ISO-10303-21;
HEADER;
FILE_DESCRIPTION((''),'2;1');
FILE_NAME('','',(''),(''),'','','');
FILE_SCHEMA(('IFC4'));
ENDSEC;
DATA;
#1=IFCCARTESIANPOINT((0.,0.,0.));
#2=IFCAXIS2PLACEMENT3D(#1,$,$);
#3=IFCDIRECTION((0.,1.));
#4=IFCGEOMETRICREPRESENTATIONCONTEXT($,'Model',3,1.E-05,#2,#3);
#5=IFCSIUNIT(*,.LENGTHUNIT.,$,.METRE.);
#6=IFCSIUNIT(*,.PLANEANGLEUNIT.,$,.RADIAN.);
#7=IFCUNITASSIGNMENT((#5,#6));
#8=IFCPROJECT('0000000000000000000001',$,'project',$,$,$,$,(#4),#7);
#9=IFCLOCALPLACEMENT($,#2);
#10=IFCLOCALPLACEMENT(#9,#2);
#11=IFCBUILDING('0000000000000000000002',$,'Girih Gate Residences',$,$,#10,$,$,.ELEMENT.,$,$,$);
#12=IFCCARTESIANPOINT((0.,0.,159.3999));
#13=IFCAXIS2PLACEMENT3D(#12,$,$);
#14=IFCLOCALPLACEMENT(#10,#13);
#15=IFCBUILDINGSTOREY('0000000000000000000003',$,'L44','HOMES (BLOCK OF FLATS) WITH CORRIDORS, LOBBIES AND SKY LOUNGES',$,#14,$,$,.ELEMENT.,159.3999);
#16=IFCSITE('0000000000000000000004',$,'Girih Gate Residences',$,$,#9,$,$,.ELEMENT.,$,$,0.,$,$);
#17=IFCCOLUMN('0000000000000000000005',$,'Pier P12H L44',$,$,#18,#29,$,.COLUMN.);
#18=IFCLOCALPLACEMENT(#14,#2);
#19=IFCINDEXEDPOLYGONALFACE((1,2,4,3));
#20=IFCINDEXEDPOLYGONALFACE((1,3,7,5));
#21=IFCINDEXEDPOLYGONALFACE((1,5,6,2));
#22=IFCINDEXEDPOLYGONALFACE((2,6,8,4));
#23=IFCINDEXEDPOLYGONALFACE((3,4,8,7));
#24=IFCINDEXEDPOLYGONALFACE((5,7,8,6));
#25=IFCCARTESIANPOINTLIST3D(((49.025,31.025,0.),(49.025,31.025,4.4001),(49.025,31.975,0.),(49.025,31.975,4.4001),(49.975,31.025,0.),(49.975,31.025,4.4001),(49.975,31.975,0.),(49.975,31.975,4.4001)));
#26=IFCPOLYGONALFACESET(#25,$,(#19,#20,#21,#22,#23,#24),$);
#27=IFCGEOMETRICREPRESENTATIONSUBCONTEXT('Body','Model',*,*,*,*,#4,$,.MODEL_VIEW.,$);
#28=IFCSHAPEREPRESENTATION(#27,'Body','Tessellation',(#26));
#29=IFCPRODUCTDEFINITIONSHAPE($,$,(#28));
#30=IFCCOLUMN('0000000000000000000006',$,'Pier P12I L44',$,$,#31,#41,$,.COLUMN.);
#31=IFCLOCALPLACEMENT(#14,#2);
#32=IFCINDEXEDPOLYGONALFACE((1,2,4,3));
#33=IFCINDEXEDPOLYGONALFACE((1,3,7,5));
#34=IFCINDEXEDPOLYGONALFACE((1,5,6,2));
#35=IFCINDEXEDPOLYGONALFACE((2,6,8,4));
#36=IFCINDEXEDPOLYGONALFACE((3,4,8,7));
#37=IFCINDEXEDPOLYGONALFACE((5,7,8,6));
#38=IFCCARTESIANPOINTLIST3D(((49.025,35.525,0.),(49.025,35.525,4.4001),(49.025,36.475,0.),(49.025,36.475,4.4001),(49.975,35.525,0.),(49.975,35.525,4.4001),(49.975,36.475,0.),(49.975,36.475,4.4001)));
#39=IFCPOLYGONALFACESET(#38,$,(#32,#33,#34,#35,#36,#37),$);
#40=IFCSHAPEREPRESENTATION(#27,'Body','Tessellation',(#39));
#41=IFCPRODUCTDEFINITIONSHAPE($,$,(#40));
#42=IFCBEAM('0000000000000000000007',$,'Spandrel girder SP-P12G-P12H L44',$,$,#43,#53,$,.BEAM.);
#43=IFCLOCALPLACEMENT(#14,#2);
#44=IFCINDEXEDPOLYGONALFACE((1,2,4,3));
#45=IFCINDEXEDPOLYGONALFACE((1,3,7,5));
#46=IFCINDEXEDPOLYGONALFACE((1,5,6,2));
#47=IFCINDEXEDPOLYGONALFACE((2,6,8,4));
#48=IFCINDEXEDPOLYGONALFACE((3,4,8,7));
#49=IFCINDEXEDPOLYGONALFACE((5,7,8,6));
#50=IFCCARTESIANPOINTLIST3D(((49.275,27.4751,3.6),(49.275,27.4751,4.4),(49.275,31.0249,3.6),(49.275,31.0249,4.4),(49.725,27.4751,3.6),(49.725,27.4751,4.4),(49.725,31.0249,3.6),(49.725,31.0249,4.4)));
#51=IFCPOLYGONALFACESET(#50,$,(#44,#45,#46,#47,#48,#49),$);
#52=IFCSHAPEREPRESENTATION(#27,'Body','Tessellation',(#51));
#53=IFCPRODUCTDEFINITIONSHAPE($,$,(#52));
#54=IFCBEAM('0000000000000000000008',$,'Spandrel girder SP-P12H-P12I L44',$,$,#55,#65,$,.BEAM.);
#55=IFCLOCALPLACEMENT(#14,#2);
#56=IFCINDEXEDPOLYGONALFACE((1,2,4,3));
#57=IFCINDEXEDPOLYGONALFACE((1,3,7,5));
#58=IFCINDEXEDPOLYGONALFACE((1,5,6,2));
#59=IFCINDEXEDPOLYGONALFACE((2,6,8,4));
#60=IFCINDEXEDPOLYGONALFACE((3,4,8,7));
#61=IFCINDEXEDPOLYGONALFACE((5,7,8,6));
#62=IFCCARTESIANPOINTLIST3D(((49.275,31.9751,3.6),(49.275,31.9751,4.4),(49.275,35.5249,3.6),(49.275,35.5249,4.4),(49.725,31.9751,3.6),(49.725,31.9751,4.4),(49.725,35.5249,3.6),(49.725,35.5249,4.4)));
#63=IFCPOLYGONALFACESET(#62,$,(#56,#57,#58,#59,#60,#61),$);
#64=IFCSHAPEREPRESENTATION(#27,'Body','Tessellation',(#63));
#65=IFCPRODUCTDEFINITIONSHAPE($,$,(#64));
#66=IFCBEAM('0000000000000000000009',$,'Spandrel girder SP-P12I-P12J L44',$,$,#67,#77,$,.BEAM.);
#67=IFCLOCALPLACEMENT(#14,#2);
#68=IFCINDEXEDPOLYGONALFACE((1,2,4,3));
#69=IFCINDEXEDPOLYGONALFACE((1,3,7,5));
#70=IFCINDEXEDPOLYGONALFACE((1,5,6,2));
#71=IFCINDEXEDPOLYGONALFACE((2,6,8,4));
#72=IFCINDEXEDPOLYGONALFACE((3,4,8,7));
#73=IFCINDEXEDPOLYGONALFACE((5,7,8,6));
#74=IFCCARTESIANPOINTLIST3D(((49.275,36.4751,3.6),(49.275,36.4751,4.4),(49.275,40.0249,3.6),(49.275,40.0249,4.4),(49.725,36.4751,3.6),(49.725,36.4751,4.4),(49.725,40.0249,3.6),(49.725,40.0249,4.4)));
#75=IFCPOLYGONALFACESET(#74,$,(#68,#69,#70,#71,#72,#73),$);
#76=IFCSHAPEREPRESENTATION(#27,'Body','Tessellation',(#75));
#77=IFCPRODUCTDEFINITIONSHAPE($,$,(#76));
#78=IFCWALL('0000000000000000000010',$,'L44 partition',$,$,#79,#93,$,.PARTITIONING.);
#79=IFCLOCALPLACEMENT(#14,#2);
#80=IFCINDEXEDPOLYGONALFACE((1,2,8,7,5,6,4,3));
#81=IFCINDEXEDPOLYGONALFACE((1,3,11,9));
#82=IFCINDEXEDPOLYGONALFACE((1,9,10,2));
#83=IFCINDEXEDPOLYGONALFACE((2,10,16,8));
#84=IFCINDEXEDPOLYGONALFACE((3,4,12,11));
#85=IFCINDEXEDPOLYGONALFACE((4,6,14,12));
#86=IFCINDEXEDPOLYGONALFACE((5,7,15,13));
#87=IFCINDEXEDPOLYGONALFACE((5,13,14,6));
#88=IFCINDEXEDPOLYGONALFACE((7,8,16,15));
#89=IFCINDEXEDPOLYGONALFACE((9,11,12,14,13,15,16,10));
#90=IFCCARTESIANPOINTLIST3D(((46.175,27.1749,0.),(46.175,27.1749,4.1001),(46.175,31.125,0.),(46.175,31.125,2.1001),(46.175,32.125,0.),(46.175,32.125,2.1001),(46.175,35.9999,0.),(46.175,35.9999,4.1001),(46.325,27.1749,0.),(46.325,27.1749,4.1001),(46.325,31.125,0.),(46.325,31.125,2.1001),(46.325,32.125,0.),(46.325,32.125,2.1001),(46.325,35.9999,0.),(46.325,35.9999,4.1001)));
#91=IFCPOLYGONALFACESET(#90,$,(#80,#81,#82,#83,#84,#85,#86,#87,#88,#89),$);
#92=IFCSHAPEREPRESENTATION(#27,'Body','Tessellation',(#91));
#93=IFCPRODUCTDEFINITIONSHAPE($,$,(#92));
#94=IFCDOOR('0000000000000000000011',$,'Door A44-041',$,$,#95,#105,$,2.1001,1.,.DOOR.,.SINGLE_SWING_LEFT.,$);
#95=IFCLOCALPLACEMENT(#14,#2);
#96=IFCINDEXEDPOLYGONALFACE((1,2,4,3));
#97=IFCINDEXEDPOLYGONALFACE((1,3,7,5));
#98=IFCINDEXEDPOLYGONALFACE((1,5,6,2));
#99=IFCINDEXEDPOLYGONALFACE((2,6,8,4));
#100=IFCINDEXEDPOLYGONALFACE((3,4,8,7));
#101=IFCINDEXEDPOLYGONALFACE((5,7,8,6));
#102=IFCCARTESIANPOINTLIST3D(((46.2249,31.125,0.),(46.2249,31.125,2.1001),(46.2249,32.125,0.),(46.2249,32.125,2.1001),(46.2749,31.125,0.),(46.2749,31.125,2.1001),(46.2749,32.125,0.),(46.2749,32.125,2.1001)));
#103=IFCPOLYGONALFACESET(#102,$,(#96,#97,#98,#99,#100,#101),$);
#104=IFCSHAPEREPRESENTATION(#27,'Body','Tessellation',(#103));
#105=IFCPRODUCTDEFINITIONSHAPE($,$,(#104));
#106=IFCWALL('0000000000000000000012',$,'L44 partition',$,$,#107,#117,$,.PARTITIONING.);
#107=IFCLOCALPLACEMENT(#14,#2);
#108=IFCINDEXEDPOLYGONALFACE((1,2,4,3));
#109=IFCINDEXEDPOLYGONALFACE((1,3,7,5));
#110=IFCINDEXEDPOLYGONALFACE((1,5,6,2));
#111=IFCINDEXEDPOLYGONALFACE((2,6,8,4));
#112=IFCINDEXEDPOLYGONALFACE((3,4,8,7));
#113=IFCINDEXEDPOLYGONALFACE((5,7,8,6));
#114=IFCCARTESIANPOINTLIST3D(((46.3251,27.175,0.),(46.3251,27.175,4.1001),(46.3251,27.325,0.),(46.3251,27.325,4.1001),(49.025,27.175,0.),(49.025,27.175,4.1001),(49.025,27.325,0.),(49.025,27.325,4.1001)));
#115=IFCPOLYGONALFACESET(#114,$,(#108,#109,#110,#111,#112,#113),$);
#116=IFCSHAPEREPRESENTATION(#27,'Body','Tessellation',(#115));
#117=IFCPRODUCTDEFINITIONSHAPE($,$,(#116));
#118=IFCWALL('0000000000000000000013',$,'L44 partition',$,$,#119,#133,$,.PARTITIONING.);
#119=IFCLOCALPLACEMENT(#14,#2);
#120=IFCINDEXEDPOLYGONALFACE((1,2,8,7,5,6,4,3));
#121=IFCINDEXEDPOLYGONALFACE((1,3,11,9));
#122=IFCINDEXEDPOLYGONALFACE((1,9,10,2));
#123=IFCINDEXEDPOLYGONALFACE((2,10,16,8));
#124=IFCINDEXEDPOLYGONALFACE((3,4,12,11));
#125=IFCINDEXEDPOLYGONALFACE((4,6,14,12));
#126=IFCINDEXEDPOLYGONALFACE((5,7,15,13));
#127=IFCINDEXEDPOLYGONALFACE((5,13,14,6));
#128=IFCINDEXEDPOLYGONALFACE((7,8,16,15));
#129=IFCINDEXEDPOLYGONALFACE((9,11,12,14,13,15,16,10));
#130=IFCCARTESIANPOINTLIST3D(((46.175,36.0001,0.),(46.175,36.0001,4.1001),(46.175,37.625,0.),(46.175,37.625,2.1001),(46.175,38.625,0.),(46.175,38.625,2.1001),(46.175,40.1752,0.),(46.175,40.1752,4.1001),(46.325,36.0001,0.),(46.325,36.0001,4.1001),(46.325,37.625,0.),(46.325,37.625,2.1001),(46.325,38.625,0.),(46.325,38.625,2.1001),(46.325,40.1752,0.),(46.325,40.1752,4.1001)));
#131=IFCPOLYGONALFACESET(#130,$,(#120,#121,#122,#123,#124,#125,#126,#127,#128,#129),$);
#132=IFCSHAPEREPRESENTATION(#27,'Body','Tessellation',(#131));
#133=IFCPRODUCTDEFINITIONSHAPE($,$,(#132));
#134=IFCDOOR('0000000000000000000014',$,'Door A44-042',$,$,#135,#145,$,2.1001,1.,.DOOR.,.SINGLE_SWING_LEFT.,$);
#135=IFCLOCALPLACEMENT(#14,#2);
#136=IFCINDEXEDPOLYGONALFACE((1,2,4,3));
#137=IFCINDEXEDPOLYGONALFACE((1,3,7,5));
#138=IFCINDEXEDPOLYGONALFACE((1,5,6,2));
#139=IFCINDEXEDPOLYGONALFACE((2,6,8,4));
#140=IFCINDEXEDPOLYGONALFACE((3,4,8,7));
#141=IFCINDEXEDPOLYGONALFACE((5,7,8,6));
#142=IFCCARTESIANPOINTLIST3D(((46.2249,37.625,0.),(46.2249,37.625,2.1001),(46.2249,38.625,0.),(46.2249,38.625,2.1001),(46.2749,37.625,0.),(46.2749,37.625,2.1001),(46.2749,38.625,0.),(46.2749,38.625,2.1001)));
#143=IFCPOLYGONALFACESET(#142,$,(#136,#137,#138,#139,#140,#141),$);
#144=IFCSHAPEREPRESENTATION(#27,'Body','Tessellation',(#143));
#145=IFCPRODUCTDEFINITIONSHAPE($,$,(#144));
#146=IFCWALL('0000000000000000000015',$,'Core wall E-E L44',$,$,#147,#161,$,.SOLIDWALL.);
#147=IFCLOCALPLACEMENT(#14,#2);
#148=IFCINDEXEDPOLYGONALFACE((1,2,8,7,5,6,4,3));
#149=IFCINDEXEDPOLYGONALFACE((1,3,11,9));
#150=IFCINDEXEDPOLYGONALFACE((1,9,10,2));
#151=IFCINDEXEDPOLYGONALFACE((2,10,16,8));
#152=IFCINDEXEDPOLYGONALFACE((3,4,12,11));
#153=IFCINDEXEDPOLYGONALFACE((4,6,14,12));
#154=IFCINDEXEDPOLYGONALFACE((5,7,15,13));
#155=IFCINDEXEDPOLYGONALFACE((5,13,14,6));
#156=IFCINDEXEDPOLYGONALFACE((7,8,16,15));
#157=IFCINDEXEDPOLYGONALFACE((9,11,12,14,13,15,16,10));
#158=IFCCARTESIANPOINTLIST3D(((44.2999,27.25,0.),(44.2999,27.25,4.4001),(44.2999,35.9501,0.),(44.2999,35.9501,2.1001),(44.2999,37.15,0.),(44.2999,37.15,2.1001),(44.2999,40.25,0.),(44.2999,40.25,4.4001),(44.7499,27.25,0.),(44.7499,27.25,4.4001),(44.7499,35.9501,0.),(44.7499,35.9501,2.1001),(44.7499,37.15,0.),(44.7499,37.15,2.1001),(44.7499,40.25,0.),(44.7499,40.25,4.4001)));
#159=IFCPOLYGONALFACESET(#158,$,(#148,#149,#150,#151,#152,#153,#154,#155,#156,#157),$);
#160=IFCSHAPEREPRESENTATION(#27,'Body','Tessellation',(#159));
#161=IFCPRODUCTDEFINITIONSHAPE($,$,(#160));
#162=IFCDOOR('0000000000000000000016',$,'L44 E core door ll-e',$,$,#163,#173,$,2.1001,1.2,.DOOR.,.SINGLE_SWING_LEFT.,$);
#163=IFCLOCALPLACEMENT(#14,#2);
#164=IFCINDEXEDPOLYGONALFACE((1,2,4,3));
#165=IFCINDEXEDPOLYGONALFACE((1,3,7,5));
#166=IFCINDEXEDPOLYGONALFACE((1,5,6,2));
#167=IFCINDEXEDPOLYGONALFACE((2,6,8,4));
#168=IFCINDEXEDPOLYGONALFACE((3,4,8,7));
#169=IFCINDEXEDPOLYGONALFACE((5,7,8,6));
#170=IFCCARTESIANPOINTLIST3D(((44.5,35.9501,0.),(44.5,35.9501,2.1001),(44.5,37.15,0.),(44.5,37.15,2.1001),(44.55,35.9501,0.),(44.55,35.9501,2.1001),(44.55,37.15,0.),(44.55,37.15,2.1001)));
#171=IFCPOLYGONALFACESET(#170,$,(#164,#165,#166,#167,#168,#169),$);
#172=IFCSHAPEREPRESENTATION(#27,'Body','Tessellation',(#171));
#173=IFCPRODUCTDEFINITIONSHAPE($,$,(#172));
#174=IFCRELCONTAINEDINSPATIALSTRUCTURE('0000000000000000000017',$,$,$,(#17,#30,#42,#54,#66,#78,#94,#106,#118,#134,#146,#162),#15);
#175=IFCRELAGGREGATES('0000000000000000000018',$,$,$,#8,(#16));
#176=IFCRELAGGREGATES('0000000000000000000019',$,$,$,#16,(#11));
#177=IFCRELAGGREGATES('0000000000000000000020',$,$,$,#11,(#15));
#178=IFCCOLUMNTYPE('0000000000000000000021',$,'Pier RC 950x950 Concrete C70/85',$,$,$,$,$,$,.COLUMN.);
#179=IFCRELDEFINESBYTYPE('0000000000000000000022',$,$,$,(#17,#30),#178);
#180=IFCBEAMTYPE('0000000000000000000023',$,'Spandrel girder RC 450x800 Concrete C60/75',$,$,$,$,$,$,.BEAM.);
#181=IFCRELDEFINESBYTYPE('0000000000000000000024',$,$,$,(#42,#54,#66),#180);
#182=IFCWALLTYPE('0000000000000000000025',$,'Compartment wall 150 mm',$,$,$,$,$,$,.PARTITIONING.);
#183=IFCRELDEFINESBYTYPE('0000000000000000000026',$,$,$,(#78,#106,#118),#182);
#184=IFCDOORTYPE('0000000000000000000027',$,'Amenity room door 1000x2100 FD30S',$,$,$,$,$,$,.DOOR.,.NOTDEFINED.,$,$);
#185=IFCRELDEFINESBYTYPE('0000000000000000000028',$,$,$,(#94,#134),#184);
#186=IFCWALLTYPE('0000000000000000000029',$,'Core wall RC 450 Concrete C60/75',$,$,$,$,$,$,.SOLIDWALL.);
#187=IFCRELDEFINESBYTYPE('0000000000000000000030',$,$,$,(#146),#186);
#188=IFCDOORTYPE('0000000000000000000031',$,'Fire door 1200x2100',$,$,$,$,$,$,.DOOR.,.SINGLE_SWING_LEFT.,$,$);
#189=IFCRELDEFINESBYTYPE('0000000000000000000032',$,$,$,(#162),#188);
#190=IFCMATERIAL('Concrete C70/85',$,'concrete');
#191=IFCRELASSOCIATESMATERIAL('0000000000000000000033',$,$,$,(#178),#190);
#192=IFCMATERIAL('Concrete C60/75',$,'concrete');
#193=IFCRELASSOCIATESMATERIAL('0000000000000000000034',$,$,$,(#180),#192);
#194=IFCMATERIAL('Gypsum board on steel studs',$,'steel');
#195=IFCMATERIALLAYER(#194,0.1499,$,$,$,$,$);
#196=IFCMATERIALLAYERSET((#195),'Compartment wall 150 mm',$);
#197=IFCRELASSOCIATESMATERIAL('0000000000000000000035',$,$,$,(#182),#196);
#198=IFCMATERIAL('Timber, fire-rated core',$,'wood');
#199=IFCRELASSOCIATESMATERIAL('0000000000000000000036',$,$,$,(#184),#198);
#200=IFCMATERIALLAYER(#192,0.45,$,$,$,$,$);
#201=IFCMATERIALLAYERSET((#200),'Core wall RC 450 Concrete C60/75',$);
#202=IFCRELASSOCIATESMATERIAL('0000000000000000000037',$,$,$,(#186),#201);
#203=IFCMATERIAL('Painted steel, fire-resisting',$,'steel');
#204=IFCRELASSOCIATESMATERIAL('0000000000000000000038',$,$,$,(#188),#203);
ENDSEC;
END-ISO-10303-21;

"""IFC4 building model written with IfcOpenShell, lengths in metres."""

from ifc_helpers import new_model, si_unit, direction, frame, frame_2d, origin, origin_2d, place, context, subcontext, project, spatial, rectangle, extrude, material, layer, layer_set, material_profile, profile_set, type_object, element, fill, save


model = new_model("IFC4")

# Units and contexts
model_context = context("Model", 3, precision=1e-05, world=origin(), true_north=direction((0.0, 1.0)))
body_context = subcontext(model_context, "Body", "Model", "MODEL_VIEW")
ifc_project = project(units=[si_unit("LENGTHUNIT", "METRE"), si_unit("PLANEANGLEUNIT", "RADIAN")], contexts=[model_context])

# Site, building, storey
site_placement = place(None, origin())
site = spatial("IfcSite", under=ifc_project, at=site_placement, Name="Girih Gate Residences", CompositionType="ELEMENT", RefElevation=0.0)
building_placement = place(site_placement, origin())
building = spatial("IfcBuilding", under=site, at=building_placement, Name="Girih Gate Residences", CompositionType="ELEMENT")
storey_placement = place(building_placement, frame((0.0, 0.0, 159.3999)))
storey = spatial("IfcBuildingStorey", under=building, at=storey_placement, Name="L44", Description="HOMES (BLOCK OF FLATS) WITH CORRIDORS, LOBBIES AND SKY LOUNGES", CompositionType="ELEMENT", Elevation=159.3999)

# Columns
ifc_material_1 = material(Name="Concrete C70/85", Category="concrete")
ifc_material_profile_1 = material_profile(ifc_material_1, rectangle(XDim=0.95, YDim=0.95, at=origin_2d()))
ifc_profile_set_1 = profile_set([ifc_material_profile_1], Name="Concrete C70/85")
column_type = type_object("IfcColumnType", Name="Pier RC 950x950 Concrete C70/85", PredefinedType="COLUMN", material=ifc_profile_set_1)
for number, where, z_axis, x_axis, name in (
    (1, (49.5, 31.5, 0.0), (0.0, 0.0, 1.0), (1.0, 0.0, 0.0), "Pier P12H L44"),
    (2, (49.5, 36.0, 0.0), (0.0, 0.0, 1.0), (1.0, 0.0, 0.0), "Pier P12I L44"),
):
    element("IfcColumn", number, at=place(storey_placement, frame(where, z_axis=z_axis, x_axis=x_axis)), inside=storey, type_object=column_type, Name=name, PredefinedType="COLUMN", context=body_context, shape_type="SweptSolid", body=[
        extrude(rectangle(XDim=0.95, YDim=0.95, at=origin_2d()), origin(), (0.0, 0.0, 1.0), 4.4001),
    ])

# Beams
ifc_material_2 = material(Name="Concrete C60/75", Category="concrete")
ifc_material_profile_2 = material_profile(ifc_material_2, rectangle(XDim=0.45, YDim=0.8, at=origin_2d()))
ifc_profile_set_2 = profile_set([ifc_material_profile_2], Name="Concrete C60/75")
beam_type = type_object("IfcBeamType", Name="Spandrel girder RC 450x800 Concrete C60/75", PredefinedType="BEAM", material=ifc_profile_set_2)
for number, where, z_axis, x_axis, name in (
    (3, (49.5, 27.4751, 4.0), (0.0, 1.0, 0.0), (-1.0, 0.0, 0.0), "Spandrel girder SP-P12G-P12H L44"),
    (4, (49.5, 31.9751, 4.0), (0.0, 1.0, 0.0), (-1.0, 0.0, 0.0), "Spandrel girder SP-P12H-P12I L44"),
    (5, (49.5, 36.4751, 4.0), (0.0, 1.0, 0.0), (-1.0, 0.0, 0.0), "Spandrel girder SP-P12I-P12J L44"),
):
    element("IfcBeam", number, at=place(storey_placement, frame(where, z_axis=z_axis, x_axis=x_axis)), inside=storey, type_object=beam_type, Name=name, PredefinedType="BEAM", context=body_context, shape_type="SweptSolid", body=[
        extrude(rectangle(XDim=0.45, YDim=0.8, at=origin_2d()), origin(), (0.0, 0.0, 1.0), 3.5498),
    ])

# Wall, opening, door
ifc_material_3 = material(Name="Gypsum board on steel studs", Category="steel")
ifc_layer_1 = layer(ifc_material_3, 0.1499)
ifc_layer_set_1 = layer_set([ifc_layer_1], Name="Compartment wall 150 mm")
wall_type_1 = type_object("IfcWallType", Name="Compartment wall 150 mm", PredefinedType="PARTITIONING", material=ifc_layer_set_1)
wall_1_placement = place(storey_placement, frame((46.25, 36.0, 0.0), z_axis=(0.0, 0.0, 1.0), x_axis=(0.0, -1.0, 0.0)))
wall_1 = element("IfcWall", 6, at=wall_1_placement, inside=storey, type_object=wall_type_1, Name="L44 partition", PredefinedType="PARTITIONING", context=body_context, shape_type="SweptSolid", body=[
    extrude(rectangle(XDim=8.825, YDim=0.1499, at=frame_2d((4.4126, 0.0))), origin(), (0.0, 0.0, 1.0), 4.1001),
])
opening_1_placement = place(wall_1_placement, frame((3.875, 0.0, 0.0)))
opening_1 = element("IfcOpeningElement", 7, at=opening_1_placement, cuts=wall_1, PredefinedType="OPENING", context=body_context, shape_type="SweptSolid", body=[
    extrude(rectangle(XDim=1.0, YDim=2.1001, at=frame_2d((0.5, 1.05))), frame((0.0, 0.085, 0.0), z_axis=(0.0, -1.0, 0.0), x_axis=(1.0, 0.0, 0.0)), (0.0, 0.0, 1.0), 0.1699),
])
ifc_material_4 = material(Name="Timber, fire-rated core", Category="wood")
door_type_1 = type_object("IfcDoorType", Name="Amenity room door 1000x2100 FD30S", OperationType="NOTDEFINED", PredefinedType="DOOR", material=ifc_material_4)
door_1_placement = place(opening_1_placement, origin())
door_1 = element("IfcDoor", 8, at=door_1_placement, inside=storey, type_object=door_type_1, Name="Door A44-041", OperationType="SINGLE_SWING_LEFT", OverallHeight=2.1001, OverallWidth=1.0, PredefinedType="DOOR", context=body_context, shape_type="SweptSolid", body=[
    extrude(rectangle(XDim=1.0, YDim=2.1001, at=frame_2d((0.5, 1.05))), frame((0.0, 0.0249, 0.0), z_axis=(0.0, -1.0, 0.0), x_axis=(1.0, 0.0, 0.0)), (0.0, 0.0, 1.0), 0.05),
])
fill(opening_1, door_1)

# Wall
wall_2_placement = place(storey_placement, frame((46.325, 27.25, 0.0), z_axis=(0.0, 0.0, 1.0), x_axis=(1.0, 0.0, 0.0)))
element("IfcWall", 9, at=wall_2_placement, inside=storey, type_object=wall_type_1, Name="L44 partition", PredefinedType="PARTITIONING", context=body_context, shape_type="SweptSolid", body=[
    extrude(rectangle(XDim=2.7, YDim=0.1499, at=frame_2d((1.3501, 0.0))), origin(), (0.0, 0.0, 1.0), 4.1001),
])

# Walls, openings, doors
wall_3_placement = place(storey_placement, frame((46.25, 40.175, 0.0), z_axis=(0.0, 0.0, 1.0), x_axis=(0.0, -1.0, 0.0)))
wall_3 = element("IfcWall", 10, at=wall_3_placement, inside=storey, type_object=wall_type_1, Name="L44 partition", PredefinedType="PARTITIONING", context=body_context, shape_type="SweptSolid", body=[
    extrude(rectangle(XDim=4.175, YDim=0.1499, at=frame_2d((2.0874, 0.0))), origin(), (0.0, 0.0, 1.0), 4.1001),
])
opening_2_placement = place(wall_3_placement, frame((1.55, 0.0, 0.0)))
opening_2 = element("IfcOpeningElement", 11, at=opening_2_placement, cuts=wall_3, PredefinedType="OPENING", context=body_context, shape_type="SweptSolid", body=[
    extrude(rectangle(XDim=1.0, YDim=2.1001, at=frame_2d((0.5, 1.05))), frame((0.0, 0.085, 0.0), z_axis=(0.0, -1.0, 0.0), x_axis=(1.0, 0.0, 0.0)), (0.0, 0.0, 1.0), 0.1699),
])
door_2_placement = place(opening_2_placement, origin())
door_2 = element("IfcDoor", 12, at=door_2_placement, inside=storey, type_object=door_type_1, Name="Door A44-042", OperationType="SINGLE_SWING_LEFT", OverallHeight=2.1001, OverallWidth=1.0, PredefinedType="DOOR", context=body_context, shape_type="SweptSolid", body=[
    extrude(rectangle(XDim=1.0, YDim=2.1001, at=frame_2d((0.5, 1.05))), frame((0.0, 0.0249, 0.0), z_axis=(0.0, -1.0, 0.0), x_axis=(1.0, 0.0, 0.0)), (0.0, 0.0, 1.0), 0.05),
])
fill(opening_2, door_2)
ifc_layer_2 = layer(ifc_material_2, 0.45)
ifc_layer_set_2 = layer_set([ifc_layer_2], Name="Core wall RC 450 Concrete C60/75")
wall_type_2 = type_object("IfcWallType", Name="Core wall RC 450 Concrete C60/75", PredefinedType="SOLIDWALL", material=ifc_layer_set_2)
wall_4_placement = place(storey_placement, frame((44.5249, 27.25, 0.0), z_axis=(0.0, 0.0, 1.0), x_axis=(0.0, 1.0, 0.0)))
wall_4 = element("IfcWall", 13, at=wall_4_placement, inside=storey, type_object=wall_type_2, Name="Core wall E-E L44", PredefinedType="SOLIDWALL", context=body_context, shape_type="SweptSolid", body=[
    extrude(rectangle(XDim=13.0, YDim=0.45, at=frame_2d((6.5, 0.0))), origin(), (0.0, 0.0, 1.0), 4.4001),
])
opening_3_placement = place(wall_4_placement, frame((8.7, 0.0, 0.0)))
opening_3 = element("IfcOpeningElement", 14, at=opening_3_placement, cuts=wall_4, PredefinedType="OPENING", context=body_context, shape_type="SweptSolid", body=[
    extrude(rectangle(XDim=1.2, YDim=2.1001, at=frame_2d((0.6001, 1.05))), frame((0.0, 0.2349, 0.0), z_axis=(0.0, -1.0, 0.0), x_axis=(1.0, 0.0, 0.0)), (0.0, 0.0, 1.0), 0.47),
])
ifc_material_5 = material(Name="Painted steel, fire-resisting", Category="steel")
door_type_2 = type_object("IfcDoorType", Name="Fire door 1200x2100", OperationType="SINGLE_SWING_LEFT", PredefinedType="DOOR", material=ifc_material_5)
door_3_placement = place(opening_3_placement, origin())
door_3 = element("IfcDoor", 15, at=door_3_placement, inside=storey, type_object=door_type_2, Name="L44 E core door ll-e", OperationType="SINGLE_SWING_LEFT", OverallHeight=2.1001, OverallWidth=1.2, PredefinedType="DOOR", context=body_context, shape_type="SweptSolid", body=[
    extrude(rectangle(XDim=1.2, YDim=2.1001, at=frame_2d((0.6001, 1.05))), frame((0.0, 0.0249, 0.0), z_axis=(0.0, -1.0, 0.0), x_axis=(1.0, 0.0, 0.0)), (0.0, 0.0, 1.0), 0.05),
])
fill(opening_3, door_3)

save(model, "model.ifc")
